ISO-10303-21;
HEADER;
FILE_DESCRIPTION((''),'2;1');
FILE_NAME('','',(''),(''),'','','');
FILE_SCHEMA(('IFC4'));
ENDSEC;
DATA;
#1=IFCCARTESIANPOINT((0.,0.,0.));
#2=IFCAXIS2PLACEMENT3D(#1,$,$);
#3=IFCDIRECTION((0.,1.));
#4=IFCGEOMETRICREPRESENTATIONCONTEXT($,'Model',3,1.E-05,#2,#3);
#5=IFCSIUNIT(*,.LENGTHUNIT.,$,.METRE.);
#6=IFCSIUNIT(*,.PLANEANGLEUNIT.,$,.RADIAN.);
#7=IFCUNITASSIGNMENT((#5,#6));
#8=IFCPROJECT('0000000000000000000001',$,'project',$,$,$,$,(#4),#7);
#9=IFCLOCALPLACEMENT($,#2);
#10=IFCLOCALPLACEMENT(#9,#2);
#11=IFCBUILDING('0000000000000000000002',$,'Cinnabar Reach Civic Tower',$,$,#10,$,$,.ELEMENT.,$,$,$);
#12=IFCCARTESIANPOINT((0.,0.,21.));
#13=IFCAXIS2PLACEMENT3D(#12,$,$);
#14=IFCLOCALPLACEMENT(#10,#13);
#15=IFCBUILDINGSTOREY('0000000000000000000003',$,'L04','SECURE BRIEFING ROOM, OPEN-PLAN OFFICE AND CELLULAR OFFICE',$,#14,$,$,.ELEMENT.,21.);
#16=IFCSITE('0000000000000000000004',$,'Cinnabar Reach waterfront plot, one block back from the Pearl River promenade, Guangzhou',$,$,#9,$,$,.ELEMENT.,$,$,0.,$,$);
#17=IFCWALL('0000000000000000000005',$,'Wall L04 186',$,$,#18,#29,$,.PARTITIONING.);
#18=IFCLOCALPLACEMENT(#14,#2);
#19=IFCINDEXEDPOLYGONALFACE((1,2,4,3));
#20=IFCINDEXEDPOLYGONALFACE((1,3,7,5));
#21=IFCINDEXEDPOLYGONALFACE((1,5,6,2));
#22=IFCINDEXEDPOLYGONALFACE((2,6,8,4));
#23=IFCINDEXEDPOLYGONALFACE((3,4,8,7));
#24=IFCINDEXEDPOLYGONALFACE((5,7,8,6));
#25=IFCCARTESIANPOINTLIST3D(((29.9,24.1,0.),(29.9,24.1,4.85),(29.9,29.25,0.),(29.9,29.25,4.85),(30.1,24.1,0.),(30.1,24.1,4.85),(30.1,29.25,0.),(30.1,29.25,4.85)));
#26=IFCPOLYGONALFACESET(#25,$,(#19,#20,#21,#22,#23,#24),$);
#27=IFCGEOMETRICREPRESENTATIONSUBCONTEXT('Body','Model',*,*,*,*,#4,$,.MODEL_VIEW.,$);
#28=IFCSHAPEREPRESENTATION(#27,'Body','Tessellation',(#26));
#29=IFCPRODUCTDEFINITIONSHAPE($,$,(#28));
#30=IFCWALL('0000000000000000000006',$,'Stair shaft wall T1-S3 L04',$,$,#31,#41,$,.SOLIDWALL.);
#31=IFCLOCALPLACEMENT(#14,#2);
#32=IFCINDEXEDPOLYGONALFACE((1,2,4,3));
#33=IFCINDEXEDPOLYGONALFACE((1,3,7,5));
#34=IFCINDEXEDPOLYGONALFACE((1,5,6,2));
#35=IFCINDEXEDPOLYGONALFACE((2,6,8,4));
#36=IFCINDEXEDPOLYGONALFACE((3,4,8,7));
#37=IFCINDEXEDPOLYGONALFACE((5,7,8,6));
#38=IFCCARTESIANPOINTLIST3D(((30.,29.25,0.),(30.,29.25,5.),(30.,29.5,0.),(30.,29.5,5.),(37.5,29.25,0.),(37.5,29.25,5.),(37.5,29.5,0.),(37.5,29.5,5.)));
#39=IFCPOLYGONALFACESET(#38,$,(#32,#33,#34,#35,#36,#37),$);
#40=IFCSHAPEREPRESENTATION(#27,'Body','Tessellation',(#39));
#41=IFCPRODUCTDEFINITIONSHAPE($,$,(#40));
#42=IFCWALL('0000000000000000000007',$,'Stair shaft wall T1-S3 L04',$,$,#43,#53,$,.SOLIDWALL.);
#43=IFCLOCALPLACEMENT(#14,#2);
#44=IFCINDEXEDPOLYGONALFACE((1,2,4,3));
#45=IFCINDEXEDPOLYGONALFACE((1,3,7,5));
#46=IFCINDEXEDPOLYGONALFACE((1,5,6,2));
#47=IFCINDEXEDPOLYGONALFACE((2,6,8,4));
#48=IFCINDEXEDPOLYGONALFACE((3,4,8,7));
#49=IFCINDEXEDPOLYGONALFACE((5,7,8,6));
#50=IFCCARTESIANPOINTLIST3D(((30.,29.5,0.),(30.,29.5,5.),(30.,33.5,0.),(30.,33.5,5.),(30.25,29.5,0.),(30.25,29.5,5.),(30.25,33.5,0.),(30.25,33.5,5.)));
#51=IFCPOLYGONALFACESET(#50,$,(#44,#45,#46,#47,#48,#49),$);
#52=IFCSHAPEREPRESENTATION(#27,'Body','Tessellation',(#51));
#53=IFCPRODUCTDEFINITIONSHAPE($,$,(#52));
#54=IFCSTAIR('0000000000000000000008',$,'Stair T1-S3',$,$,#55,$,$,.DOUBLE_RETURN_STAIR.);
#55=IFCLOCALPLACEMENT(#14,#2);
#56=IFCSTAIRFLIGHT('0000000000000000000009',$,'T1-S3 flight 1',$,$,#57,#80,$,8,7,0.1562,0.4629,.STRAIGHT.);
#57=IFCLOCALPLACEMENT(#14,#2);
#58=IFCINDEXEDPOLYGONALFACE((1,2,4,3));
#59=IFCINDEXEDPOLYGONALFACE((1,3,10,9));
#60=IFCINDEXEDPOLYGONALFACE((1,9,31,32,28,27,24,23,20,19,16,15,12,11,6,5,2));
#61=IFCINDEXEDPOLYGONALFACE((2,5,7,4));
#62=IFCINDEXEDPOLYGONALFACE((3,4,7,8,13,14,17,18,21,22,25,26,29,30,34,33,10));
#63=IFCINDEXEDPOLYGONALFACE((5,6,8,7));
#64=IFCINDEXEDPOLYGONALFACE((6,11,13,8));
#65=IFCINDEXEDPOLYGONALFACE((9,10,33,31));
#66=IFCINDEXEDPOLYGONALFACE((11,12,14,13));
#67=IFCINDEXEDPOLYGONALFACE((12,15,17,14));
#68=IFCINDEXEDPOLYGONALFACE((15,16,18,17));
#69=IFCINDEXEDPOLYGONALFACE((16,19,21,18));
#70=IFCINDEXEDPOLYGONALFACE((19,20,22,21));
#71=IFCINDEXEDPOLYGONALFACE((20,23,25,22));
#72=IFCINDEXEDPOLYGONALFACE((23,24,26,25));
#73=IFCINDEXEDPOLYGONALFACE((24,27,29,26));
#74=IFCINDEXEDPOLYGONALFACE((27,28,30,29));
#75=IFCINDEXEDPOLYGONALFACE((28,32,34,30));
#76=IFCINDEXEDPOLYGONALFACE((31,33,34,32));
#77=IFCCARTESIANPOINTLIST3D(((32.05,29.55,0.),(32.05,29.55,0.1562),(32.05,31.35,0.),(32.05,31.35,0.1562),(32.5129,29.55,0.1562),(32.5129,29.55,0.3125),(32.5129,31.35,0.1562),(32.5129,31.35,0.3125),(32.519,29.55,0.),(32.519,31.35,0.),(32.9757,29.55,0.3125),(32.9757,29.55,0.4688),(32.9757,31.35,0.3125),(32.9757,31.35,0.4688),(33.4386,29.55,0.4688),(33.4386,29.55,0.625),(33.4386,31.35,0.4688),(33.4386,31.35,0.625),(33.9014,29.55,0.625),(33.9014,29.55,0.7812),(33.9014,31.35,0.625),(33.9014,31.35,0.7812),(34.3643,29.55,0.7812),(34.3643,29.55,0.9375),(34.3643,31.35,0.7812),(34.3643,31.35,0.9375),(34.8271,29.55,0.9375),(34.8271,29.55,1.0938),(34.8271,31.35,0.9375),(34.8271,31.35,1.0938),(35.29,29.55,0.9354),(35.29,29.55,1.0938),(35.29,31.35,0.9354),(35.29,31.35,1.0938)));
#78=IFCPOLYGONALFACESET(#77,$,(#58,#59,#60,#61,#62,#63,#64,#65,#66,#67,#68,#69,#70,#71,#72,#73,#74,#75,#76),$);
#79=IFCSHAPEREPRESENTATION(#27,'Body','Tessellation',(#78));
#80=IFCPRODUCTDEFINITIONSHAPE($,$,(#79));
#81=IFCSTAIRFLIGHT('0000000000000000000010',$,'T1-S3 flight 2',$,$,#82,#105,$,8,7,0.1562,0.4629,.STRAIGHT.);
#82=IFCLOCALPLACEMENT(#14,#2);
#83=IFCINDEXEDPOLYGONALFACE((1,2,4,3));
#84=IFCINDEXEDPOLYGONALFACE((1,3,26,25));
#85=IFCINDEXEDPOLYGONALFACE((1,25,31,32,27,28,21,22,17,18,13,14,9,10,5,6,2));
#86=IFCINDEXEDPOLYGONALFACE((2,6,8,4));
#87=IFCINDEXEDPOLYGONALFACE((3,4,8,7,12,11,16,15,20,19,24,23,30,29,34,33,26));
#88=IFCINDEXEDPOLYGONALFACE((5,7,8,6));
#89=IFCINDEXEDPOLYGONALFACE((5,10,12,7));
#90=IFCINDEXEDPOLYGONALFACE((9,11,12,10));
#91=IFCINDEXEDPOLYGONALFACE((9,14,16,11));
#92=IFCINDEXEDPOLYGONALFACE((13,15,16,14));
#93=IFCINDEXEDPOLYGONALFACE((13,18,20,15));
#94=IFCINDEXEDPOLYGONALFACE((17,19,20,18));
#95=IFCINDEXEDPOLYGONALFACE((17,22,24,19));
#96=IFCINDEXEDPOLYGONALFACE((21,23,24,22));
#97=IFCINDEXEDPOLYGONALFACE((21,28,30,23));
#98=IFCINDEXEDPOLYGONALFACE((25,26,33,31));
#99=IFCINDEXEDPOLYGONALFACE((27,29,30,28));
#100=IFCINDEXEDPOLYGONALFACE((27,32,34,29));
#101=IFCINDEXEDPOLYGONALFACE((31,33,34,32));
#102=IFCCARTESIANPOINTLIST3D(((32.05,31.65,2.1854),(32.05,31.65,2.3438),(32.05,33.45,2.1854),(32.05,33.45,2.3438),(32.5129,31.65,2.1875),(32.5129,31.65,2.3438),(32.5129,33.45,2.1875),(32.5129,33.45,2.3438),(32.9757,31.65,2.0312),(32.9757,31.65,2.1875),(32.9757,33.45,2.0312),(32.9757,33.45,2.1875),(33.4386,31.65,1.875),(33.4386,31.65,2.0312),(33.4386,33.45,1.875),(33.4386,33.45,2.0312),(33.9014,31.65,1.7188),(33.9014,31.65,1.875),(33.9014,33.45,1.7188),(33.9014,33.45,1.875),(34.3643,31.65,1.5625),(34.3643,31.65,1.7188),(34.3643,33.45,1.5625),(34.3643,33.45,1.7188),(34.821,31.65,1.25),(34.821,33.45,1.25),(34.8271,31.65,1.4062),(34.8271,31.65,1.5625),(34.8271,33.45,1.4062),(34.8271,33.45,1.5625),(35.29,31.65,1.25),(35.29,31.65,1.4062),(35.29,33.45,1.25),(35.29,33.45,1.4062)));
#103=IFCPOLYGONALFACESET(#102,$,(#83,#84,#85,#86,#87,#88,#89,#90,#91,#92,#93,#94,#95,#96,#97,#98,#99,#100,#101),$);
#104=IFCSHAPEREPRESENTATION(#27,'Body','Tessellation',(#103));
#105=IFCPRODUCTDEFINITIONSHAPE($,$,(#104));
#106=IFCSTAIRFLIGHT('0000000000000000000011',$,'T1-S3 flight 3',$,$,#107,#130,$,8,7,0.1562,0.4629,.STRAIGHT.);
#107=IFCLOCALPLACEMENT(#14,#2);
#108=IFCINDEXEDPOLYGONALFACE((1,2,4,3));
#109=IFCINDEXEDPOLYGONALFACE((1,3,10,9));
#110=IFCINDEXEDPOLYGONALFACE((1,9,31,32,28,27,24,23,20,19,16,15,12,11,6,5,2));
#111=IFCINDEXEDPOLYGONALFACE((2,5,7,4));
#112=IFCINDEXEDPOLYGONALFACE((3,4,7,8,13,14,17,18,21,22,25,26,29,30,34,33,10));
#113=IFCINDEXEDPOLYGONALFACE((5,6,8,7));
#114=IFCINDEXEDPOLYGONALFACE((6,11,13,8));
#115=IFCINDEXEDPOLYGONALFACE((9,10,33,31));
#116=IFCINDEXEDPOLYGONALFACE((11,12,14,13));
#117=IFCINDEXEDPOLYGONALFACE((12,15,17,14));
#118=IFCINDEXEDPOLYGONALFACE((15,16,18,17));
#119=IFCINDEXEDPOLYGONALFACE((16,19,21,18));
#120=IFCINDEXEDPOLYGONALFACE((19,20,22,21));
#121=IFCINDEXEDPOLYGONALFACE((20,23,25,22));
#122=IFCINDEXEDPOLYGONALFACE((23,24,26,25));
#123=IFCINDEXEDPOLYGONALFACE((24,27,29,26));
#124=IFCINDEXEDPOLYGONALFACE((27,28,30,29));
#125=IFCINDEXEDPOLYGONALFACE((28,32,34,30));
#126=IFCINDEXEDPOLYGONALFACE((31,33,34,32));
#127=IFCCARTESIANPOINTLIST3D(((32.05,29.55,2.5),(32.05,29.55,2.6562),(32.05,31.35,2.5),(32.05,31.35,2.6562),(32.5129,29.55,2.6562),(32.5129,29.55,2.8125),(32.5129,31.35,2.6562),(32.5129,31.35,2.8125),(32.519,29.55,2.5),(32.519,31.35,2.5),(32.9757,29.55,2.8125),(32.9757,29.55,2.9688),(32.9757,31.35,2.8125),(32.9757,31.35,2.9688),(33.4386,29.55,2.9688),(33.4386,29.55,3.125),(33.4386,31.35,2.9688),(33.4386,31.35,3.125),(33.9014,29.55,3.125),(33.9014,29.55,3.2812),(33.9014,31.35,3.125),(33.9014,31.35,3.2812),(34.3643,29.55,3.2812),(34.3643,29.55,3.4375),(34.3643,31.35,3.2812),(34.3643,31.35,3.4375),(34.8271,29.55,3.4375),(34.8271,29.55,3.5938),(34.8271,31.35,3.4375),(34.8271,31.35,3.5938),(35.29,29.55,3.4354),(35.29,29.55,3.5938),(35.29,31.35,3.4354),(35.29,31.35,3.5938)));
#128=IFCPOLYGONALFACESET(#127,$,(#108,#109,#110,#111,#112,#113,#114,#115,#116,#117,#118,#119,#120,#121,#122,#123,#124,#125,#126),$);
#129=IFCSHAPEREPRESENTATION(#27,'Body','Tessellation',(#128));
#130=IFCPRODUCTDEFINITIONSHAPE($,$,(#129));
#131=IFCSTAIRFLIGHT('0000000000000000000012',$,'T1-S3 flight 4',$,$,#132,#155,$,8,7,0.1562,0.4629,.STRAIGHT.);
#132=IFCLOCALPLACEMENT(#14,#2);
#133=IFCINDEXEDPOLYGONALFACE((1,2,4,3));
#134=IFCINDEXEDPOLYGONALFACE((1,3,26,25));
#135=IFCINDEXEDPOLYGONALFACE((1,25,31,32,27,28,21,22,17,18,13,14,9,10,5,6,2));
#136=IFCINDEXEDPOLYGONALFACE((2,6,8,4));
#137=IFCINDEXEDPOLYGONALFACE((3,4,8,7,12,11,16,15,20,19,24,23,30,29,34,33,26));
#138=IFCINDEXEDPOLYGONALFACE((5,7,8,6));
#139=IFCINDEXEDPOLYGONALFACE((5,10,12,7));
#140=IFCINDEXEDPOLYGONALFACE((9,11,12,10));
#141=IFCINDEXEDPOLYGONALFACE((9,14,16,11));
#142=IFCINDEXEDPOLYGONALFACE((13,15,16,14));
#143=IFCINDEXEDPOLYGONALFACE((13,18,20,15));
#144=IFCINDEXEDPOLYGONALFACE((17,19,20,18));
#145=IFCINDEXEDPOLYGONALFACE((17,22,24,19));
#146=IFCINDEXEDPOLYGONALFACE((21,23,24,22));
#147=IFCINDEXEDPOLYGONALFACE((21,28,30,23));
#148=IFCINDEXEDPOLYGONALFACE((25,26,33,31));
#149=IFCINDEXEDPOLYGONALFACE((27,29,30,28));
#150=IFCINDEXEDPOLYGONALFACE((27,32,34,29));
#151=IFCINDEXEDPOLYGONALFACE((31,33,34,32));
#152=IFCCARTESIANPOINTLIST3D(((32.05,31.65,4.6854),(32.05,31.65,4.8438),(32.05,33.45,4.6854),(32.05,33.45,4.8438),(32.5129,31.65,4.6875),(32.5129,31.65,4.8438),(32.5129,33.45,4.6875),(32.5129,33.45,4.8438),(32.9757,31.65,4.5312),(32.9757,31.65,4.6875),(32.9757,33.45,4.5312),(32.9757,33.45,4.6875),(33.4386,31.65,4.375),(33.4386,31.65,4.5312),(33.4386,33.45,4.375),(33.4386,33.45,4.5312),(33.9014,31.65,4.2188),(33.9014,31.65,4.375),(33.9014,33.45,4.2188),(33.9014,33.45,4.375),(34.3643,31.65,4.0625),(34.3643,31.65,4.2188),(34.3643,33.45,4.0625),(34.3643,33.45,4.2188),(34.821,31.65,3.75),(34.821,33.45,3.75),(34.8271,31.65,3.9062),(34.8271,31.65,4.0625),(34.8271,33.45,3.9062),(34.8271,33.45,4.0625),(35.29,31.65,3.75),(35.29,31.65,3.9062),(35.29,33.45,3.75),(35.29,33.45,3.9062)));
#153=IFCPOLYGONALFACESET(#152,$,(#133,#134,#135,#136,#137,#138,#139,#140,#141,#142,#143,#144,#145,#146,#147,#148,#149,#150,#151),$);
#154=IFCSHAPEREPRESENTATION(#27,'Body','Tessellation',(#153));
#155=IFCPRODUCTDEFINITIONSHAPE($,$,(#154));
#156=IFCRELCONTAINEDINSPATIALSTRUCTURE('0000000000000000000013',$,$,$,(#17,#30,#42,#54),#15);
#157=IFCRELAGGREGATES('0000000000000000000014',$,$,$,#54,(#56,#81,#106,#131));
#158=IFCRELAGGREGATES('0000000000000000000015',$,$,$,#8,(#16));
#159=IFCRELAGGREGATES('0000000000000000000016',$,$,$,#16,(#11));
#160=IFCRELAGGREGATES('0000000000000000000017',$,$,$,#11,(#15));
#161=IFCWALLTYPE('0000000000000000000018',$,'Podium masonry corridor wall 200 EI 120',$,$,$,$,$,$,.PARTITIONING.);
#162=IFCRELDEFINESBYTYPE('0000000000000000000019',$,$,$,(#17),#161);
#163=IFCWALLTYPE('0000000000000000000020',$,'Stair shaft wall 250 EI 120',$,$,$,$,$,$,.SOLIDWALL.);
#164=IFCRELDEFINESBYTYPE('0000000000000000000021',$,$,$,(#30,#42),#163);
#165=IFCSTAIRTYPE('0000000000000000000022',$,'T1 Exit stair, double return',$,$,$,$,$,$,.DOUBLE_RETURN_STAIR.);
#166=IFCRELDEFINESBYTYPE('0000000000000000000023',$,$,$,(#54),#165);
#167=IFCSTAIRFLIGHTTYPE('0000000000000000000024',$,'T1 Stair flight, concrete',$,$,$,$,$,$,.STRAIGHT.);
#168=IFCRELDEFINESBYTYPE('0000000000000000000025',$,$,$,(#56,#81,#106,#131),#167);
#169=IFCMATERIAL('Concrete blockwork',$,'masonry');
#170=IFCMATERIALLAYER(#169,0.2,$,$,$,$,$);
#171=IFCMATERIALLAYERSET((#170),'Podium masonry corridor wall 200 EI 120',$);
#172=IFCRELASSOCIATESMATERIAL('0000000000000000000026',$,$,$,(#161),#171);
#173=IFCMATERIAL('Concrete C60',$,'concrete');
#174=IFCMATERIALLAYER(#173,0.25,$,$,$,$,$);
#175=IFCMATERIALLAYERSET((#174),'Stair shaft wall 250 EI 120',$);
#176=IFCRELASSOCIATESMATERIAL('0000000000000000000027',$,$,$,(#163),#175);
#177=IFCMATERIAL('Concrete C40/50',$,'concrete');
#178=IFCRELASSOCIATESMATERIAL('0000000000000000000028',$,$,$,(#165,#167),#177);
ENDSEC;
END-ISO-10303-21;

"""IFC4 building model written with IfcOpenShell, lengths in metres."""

from ifc_helpers import new_model, si_unit, direction, frame, frame_2d, origin, place, context, subcontext, project, spatial, polyline, rectangle, outline, extrude, material, layer, layer_set, type_object, element, aggregate, save


model = new_model("IFC4")

# Units and contexts
model_context = context("Model", 3, precision=1e-05, world=origin(), true_north=direction((0.0, 1.0)))
body_context = subcontext(model_context, "Body", "Model", "MODEL_VIEW")
ifc_project = project(units=[si_unit("LENGTHUNIT", "METRE"), si_unit("PLANEANGLEUNIT", "RADIAN")], contexts=[model_context])

# Site, building, storey
site_placement = place(None, origin())
site = spatial("IfcSite", under=ifc_project, at=site_placement, Name="Cinnabar Reach waterfront plot, one block back from the Pearl River promenade, Guangzhou", CompositionType="ELEMENT", RefElevation=0.0)
building_placement = place(site_placement, origin())
building = spatial("IfcBuilding", under=site, at=building_placement, Name="Cinnabar Reach Civic Tower", CompositionType="ELEMENT")
storey_placement = place(building_placement, frame((0.0, 0.0, 21.0)))
storey = spatial("IfcBuildingStorey", under=building, at=storey_placement, Name="L04", Description="SECURE BRIEFING ROOM, OPEN-PLAN OFFICE AND CELLULAR OFFICE", CompositionType="ELEMENT", Elevation=21.0)

# Shared definitions
ifc_material_1 = material(Name="Concrete blockwork", Category="masonry")
ifc_layer_1 = layer(ifc_material_1, 0.2)
ifc_layer_set_1 = layer_set([ifc_layer_1], Name="Podium masonry corridor wall 200 EI 120")
wall_type_1 = type_object("IfcWallType", Name="Podium masonry corridor wall 200 EI 120", PredefinedType="PARTITIONING", material=ifc_layer_set_1)

# Walls
wall_1_placement = place(storey_placement, frame((30.0, 24.1, 0.0), z_axis=(0.0, 0.0, 1.0), x_axis=(0.0, 1.0, 0.0)))
element("IfcWall", 1, at=wall_1_placement, inside=storey, type_object=wall_type_1, Name="Wall L04 186", PredefinedType="PARTITIONING", context=body_context, shape_type="SweptSolid", body=[
    extrude(rectangle(XDim=5.15, YDim=0.2, at=frame_2d((2.575, 0.0))), origin(), (0.0, 0.0, 1.0), 4.85),
])
ifc_material_2 = material(Name="Concrete C60", Category="concrete")
ifc_layer_2 = layer(ifc_material_2, 0.25)
ifc_layer_set_2 = layer_set([ifc_layer_2], Name="Stair shaft wall 250 EI 120")
wall_type_2 = type_object("IfcWallType", Name="Stair shaft wall 250 EI 120", PredefinedType="SOLIDWALL", material=ifc_layer_set_2)
wall_2_placement = place(storey_placement, frame((30.0, 29.375, 0.0), z_axis=(0.0, 0.0, 1.0), x_axis=(1.0, 0.0, 0.0)))
element("IfcWall", 2, at=wall_2_placement, inside=storey, type_object=wall_type_2, Name="Stair shaft wall T1-S3 L04", PredefinedType="SOLIDWALL", context=body_context, shape_type="SweptSolid", body=[
    extrude(rectangle(XDim=7.5, YDim=0.25, at=frame_2d((3.75, 0.0))), origin(), (0.0, 0.0, 1.0), 5.0),
])
wall_3_placement = place(storey_placement, frame((30.125, 33.5, 0.0), z_axis=(0.0, 0.0, 1.0), x_axis=(0.0, -1.0, 0.0)))
element("IfcWall", 3, at=wall_3_placement, inside=storey, type_object=wall_type_2, Name="Stair shaft wall T1-S3 L04", PredefinedType="SOLIDWALL", context=body_context, shape_type="SweptSolid", body=[
    extrude(rectangle(XDim=4.0, YDim=0.25, at=frame_2d((2.0, 0.0))), origin(), (0.0, 0.0, 1.0), 5.0),
])

# Stair, stair flights
ifc_material_3 = material(Name="Concrete C40/50", Category="concrete")
stair_type = type_object("IfcStairType", Name="T1 Exit stair, double return", PredefinedType="DOUBLE_RETURN_STAIR", material=ifc_material_3)
stair_placement = place(storey_placement, origin())
stair = element("IfcStair", 4, at=stair_placement, inside=storey, type_object=stair_type, Name="Stair T1-S3", PredefinedType="DOUBLE_RETURN_STAIR")
stair_flight_type = type_object("IfcStairFlightType", Name="T1 Stair flight, concrete", PredefinedType="STRAIGHT", material=ifc_material_3)
stair_flight_1_placement = place(storey_placement, frame((32.05, 30.45, 0.0), z_axis=(0.0, 0.0, 1.0), x_axis=(1.0, 0.0, 0.0)))
stair_flight_1 = element("IfcStairFlight", 5, at=stair_flight_1_placement, type_object=stair_flight_type, Name="T1-S3 flight 1", NumberOfRisers=8, NumberOfTreads=7, PredefinedType="STRAIGHT", RiserHeight=0.1562, TreadLength=0.4629, context=body_context, shape_type="SweptSolid", body=[
    extrude(outline(polyline([(0.0, 0.0), (0.0, 0.1562), (0.4629, 0.1562), (0.4629, 0.3125), (0.9257, 0.3125), (0.9257, 0.4688), (1.3886, 0.4688), (1.3886, 0.625), (1.8514, 0.625), (1.8514, 0.7812), (2.3143, 0.7812), (2.3143, 0.9375), (2.7771, 0.9375), (2.7771, 1.0938), (3.24, 1.0938), (3.24, 1.25), (3.24, 0.9354), (0.469, 0.0), (0.0, 0.0)])), frame((0.0, 0.9, 0.0), z_axis=(0.0, -1.0, 0.0), x_axis=(1.0, 0.0, 0.0)), (0.0, 0.0, 1.0), 1.8),
])
stair_flight_2_placement = place(storey_placement, frame((35.29, 32.55, 1.25), z_axis=(0.0, 0.0, 1.0), x_axis=(-1.0, 0.0, 0.0)))
stair_flight_2 = element("IfcStairFlight", 6, at=stair_flight_2_placement, type_object=stair_flight_type, Name="T1-S3 flight 2", NumberOfRisers=8, NumberOfTreads=7, PredefinedType="STRAIGHT", RiserHeight=0.1562, TreadLength=0.4629, context=body_context, shape_type="SweptSolid", body=[
    extrude(outline(polyline([(0.0, 0.0), (0.0, 0.1562), (0.4629, 0.1562), (0.4629, 0.3125), (0.9257, 0.3125), (0.9257, 0.4688), (1.3886, 0.4688), (1.3886, 0.625), (1.8514, 0.625), (1.8514, 0.7812), (2.3143, 0.7812), (2.3143, 0.9375), (2.7771, 0.9375), (2.7771, 1.0938), (3.24, 1.0938), (3.24, 1.25), (3.24, 0.9354), (0.469, 0.0), (0.0, 0.0)])), frame((0.0, 0.9, 0.0), z_axis=(0.0, -1.0, 0.0), x_axis=(1.0, 0.0, 0.0)), (0.0, 0.0, 1.0), 1.8),
])
stair_flight_3_placement = place(storey_placement, frame((32.05, 30.45, 2.5), z_axis=(0.0, 0.0, 1.0), x_axis=(1.0, 0.0, 0.0)))
stair_flight_3 = element("IfcStairFlight", 7, at=stair_flight_3_placement, type_object=stair_flight_type, Name="T1-S3 flight 3", NumberOfRisers=8, NumberOfTreads=7, PredefinedType="STRAIGHT", RiserHeight=0.1562, TreadLength=0.4629, context=body_context, shape_type="SweptSolid", body=[
    extrude(outline(polyline([(0.0, 0.0), (0.0, 0.1562), (0.4629, 0.1562), (0.4629, 0.3125), (0.9257, 0.3125), (0.9257, 0.4688), (1.3886, 0.4688), (1.3886, 0.625), (1.8514, 0.625), (1.8514, 0.7812), (2.3143, 0.7812), (2.3143, 0.9375), (2.7771, 0.9375), (2.7771, 1.0938), (3.24, 1.0938), (3.24, 1.25), (3.24, 0.9354), (0.469, 0.0), (0.0, 0.0)])), frame((0.0, 0.9, 0.0), z_axis=(0.0, -1.0, 0.0), x_axis=(1.0, 0.0, 0.0)), (0.0, 0.0, 1.0), 1.8),
])
stair_flight_4_placement = place(storey_placement, frame((35.29, 32.55, 3.75), z_axis=(0.0, 0.0, 1.0), x_axis=(-1.0, 0.0, 0.0)))
stair_flight_4 = element("IfcStairFlight", 8, at=stair_flight_4_placement, type_object=stair_flight_type, Name="T1-S3 flight 4", NumberOfRisers=8, NumberOfTreads=7, PredefinedType="STRAIGHT", RiserHeight=0.1562, TreadLength=0.4629, context=body_context, shape_type="SweptSolid", body=[
    extrude(outline(polyline([(0.0, 0.0), (0.0, 0.1562), (0.4629, 0.1562), (0.4629, 0.3125), (0.9257, 0.3125), (0.9257, 0.4688), (1.3886, 0.4688), (1.3886, 0.625), (1.8514, 0.625), (1.8514, 0.7812), (2.3143, 0.7812), (2.3143, 0.9375), (2.7771, 0.9375), (2.7771, 1.0938), (3.24, 1.0938), (3.24, 1.25), (3.24, 0.9354), (0.469, 0.0), (0.0, 0.0)])), frame((0.0, 0.9, 0.0), z_axis=(0.0, -1.0, 0.0), x_axis=(1.0, 0.0, 0.0)), (0.0, 0.0, 1.0), 1.8),
])
aggregate(stair, [stair_flight_1, stair_flight_2, stair_flight_3, stair_flight_4])

save(model, "model.ifc")
